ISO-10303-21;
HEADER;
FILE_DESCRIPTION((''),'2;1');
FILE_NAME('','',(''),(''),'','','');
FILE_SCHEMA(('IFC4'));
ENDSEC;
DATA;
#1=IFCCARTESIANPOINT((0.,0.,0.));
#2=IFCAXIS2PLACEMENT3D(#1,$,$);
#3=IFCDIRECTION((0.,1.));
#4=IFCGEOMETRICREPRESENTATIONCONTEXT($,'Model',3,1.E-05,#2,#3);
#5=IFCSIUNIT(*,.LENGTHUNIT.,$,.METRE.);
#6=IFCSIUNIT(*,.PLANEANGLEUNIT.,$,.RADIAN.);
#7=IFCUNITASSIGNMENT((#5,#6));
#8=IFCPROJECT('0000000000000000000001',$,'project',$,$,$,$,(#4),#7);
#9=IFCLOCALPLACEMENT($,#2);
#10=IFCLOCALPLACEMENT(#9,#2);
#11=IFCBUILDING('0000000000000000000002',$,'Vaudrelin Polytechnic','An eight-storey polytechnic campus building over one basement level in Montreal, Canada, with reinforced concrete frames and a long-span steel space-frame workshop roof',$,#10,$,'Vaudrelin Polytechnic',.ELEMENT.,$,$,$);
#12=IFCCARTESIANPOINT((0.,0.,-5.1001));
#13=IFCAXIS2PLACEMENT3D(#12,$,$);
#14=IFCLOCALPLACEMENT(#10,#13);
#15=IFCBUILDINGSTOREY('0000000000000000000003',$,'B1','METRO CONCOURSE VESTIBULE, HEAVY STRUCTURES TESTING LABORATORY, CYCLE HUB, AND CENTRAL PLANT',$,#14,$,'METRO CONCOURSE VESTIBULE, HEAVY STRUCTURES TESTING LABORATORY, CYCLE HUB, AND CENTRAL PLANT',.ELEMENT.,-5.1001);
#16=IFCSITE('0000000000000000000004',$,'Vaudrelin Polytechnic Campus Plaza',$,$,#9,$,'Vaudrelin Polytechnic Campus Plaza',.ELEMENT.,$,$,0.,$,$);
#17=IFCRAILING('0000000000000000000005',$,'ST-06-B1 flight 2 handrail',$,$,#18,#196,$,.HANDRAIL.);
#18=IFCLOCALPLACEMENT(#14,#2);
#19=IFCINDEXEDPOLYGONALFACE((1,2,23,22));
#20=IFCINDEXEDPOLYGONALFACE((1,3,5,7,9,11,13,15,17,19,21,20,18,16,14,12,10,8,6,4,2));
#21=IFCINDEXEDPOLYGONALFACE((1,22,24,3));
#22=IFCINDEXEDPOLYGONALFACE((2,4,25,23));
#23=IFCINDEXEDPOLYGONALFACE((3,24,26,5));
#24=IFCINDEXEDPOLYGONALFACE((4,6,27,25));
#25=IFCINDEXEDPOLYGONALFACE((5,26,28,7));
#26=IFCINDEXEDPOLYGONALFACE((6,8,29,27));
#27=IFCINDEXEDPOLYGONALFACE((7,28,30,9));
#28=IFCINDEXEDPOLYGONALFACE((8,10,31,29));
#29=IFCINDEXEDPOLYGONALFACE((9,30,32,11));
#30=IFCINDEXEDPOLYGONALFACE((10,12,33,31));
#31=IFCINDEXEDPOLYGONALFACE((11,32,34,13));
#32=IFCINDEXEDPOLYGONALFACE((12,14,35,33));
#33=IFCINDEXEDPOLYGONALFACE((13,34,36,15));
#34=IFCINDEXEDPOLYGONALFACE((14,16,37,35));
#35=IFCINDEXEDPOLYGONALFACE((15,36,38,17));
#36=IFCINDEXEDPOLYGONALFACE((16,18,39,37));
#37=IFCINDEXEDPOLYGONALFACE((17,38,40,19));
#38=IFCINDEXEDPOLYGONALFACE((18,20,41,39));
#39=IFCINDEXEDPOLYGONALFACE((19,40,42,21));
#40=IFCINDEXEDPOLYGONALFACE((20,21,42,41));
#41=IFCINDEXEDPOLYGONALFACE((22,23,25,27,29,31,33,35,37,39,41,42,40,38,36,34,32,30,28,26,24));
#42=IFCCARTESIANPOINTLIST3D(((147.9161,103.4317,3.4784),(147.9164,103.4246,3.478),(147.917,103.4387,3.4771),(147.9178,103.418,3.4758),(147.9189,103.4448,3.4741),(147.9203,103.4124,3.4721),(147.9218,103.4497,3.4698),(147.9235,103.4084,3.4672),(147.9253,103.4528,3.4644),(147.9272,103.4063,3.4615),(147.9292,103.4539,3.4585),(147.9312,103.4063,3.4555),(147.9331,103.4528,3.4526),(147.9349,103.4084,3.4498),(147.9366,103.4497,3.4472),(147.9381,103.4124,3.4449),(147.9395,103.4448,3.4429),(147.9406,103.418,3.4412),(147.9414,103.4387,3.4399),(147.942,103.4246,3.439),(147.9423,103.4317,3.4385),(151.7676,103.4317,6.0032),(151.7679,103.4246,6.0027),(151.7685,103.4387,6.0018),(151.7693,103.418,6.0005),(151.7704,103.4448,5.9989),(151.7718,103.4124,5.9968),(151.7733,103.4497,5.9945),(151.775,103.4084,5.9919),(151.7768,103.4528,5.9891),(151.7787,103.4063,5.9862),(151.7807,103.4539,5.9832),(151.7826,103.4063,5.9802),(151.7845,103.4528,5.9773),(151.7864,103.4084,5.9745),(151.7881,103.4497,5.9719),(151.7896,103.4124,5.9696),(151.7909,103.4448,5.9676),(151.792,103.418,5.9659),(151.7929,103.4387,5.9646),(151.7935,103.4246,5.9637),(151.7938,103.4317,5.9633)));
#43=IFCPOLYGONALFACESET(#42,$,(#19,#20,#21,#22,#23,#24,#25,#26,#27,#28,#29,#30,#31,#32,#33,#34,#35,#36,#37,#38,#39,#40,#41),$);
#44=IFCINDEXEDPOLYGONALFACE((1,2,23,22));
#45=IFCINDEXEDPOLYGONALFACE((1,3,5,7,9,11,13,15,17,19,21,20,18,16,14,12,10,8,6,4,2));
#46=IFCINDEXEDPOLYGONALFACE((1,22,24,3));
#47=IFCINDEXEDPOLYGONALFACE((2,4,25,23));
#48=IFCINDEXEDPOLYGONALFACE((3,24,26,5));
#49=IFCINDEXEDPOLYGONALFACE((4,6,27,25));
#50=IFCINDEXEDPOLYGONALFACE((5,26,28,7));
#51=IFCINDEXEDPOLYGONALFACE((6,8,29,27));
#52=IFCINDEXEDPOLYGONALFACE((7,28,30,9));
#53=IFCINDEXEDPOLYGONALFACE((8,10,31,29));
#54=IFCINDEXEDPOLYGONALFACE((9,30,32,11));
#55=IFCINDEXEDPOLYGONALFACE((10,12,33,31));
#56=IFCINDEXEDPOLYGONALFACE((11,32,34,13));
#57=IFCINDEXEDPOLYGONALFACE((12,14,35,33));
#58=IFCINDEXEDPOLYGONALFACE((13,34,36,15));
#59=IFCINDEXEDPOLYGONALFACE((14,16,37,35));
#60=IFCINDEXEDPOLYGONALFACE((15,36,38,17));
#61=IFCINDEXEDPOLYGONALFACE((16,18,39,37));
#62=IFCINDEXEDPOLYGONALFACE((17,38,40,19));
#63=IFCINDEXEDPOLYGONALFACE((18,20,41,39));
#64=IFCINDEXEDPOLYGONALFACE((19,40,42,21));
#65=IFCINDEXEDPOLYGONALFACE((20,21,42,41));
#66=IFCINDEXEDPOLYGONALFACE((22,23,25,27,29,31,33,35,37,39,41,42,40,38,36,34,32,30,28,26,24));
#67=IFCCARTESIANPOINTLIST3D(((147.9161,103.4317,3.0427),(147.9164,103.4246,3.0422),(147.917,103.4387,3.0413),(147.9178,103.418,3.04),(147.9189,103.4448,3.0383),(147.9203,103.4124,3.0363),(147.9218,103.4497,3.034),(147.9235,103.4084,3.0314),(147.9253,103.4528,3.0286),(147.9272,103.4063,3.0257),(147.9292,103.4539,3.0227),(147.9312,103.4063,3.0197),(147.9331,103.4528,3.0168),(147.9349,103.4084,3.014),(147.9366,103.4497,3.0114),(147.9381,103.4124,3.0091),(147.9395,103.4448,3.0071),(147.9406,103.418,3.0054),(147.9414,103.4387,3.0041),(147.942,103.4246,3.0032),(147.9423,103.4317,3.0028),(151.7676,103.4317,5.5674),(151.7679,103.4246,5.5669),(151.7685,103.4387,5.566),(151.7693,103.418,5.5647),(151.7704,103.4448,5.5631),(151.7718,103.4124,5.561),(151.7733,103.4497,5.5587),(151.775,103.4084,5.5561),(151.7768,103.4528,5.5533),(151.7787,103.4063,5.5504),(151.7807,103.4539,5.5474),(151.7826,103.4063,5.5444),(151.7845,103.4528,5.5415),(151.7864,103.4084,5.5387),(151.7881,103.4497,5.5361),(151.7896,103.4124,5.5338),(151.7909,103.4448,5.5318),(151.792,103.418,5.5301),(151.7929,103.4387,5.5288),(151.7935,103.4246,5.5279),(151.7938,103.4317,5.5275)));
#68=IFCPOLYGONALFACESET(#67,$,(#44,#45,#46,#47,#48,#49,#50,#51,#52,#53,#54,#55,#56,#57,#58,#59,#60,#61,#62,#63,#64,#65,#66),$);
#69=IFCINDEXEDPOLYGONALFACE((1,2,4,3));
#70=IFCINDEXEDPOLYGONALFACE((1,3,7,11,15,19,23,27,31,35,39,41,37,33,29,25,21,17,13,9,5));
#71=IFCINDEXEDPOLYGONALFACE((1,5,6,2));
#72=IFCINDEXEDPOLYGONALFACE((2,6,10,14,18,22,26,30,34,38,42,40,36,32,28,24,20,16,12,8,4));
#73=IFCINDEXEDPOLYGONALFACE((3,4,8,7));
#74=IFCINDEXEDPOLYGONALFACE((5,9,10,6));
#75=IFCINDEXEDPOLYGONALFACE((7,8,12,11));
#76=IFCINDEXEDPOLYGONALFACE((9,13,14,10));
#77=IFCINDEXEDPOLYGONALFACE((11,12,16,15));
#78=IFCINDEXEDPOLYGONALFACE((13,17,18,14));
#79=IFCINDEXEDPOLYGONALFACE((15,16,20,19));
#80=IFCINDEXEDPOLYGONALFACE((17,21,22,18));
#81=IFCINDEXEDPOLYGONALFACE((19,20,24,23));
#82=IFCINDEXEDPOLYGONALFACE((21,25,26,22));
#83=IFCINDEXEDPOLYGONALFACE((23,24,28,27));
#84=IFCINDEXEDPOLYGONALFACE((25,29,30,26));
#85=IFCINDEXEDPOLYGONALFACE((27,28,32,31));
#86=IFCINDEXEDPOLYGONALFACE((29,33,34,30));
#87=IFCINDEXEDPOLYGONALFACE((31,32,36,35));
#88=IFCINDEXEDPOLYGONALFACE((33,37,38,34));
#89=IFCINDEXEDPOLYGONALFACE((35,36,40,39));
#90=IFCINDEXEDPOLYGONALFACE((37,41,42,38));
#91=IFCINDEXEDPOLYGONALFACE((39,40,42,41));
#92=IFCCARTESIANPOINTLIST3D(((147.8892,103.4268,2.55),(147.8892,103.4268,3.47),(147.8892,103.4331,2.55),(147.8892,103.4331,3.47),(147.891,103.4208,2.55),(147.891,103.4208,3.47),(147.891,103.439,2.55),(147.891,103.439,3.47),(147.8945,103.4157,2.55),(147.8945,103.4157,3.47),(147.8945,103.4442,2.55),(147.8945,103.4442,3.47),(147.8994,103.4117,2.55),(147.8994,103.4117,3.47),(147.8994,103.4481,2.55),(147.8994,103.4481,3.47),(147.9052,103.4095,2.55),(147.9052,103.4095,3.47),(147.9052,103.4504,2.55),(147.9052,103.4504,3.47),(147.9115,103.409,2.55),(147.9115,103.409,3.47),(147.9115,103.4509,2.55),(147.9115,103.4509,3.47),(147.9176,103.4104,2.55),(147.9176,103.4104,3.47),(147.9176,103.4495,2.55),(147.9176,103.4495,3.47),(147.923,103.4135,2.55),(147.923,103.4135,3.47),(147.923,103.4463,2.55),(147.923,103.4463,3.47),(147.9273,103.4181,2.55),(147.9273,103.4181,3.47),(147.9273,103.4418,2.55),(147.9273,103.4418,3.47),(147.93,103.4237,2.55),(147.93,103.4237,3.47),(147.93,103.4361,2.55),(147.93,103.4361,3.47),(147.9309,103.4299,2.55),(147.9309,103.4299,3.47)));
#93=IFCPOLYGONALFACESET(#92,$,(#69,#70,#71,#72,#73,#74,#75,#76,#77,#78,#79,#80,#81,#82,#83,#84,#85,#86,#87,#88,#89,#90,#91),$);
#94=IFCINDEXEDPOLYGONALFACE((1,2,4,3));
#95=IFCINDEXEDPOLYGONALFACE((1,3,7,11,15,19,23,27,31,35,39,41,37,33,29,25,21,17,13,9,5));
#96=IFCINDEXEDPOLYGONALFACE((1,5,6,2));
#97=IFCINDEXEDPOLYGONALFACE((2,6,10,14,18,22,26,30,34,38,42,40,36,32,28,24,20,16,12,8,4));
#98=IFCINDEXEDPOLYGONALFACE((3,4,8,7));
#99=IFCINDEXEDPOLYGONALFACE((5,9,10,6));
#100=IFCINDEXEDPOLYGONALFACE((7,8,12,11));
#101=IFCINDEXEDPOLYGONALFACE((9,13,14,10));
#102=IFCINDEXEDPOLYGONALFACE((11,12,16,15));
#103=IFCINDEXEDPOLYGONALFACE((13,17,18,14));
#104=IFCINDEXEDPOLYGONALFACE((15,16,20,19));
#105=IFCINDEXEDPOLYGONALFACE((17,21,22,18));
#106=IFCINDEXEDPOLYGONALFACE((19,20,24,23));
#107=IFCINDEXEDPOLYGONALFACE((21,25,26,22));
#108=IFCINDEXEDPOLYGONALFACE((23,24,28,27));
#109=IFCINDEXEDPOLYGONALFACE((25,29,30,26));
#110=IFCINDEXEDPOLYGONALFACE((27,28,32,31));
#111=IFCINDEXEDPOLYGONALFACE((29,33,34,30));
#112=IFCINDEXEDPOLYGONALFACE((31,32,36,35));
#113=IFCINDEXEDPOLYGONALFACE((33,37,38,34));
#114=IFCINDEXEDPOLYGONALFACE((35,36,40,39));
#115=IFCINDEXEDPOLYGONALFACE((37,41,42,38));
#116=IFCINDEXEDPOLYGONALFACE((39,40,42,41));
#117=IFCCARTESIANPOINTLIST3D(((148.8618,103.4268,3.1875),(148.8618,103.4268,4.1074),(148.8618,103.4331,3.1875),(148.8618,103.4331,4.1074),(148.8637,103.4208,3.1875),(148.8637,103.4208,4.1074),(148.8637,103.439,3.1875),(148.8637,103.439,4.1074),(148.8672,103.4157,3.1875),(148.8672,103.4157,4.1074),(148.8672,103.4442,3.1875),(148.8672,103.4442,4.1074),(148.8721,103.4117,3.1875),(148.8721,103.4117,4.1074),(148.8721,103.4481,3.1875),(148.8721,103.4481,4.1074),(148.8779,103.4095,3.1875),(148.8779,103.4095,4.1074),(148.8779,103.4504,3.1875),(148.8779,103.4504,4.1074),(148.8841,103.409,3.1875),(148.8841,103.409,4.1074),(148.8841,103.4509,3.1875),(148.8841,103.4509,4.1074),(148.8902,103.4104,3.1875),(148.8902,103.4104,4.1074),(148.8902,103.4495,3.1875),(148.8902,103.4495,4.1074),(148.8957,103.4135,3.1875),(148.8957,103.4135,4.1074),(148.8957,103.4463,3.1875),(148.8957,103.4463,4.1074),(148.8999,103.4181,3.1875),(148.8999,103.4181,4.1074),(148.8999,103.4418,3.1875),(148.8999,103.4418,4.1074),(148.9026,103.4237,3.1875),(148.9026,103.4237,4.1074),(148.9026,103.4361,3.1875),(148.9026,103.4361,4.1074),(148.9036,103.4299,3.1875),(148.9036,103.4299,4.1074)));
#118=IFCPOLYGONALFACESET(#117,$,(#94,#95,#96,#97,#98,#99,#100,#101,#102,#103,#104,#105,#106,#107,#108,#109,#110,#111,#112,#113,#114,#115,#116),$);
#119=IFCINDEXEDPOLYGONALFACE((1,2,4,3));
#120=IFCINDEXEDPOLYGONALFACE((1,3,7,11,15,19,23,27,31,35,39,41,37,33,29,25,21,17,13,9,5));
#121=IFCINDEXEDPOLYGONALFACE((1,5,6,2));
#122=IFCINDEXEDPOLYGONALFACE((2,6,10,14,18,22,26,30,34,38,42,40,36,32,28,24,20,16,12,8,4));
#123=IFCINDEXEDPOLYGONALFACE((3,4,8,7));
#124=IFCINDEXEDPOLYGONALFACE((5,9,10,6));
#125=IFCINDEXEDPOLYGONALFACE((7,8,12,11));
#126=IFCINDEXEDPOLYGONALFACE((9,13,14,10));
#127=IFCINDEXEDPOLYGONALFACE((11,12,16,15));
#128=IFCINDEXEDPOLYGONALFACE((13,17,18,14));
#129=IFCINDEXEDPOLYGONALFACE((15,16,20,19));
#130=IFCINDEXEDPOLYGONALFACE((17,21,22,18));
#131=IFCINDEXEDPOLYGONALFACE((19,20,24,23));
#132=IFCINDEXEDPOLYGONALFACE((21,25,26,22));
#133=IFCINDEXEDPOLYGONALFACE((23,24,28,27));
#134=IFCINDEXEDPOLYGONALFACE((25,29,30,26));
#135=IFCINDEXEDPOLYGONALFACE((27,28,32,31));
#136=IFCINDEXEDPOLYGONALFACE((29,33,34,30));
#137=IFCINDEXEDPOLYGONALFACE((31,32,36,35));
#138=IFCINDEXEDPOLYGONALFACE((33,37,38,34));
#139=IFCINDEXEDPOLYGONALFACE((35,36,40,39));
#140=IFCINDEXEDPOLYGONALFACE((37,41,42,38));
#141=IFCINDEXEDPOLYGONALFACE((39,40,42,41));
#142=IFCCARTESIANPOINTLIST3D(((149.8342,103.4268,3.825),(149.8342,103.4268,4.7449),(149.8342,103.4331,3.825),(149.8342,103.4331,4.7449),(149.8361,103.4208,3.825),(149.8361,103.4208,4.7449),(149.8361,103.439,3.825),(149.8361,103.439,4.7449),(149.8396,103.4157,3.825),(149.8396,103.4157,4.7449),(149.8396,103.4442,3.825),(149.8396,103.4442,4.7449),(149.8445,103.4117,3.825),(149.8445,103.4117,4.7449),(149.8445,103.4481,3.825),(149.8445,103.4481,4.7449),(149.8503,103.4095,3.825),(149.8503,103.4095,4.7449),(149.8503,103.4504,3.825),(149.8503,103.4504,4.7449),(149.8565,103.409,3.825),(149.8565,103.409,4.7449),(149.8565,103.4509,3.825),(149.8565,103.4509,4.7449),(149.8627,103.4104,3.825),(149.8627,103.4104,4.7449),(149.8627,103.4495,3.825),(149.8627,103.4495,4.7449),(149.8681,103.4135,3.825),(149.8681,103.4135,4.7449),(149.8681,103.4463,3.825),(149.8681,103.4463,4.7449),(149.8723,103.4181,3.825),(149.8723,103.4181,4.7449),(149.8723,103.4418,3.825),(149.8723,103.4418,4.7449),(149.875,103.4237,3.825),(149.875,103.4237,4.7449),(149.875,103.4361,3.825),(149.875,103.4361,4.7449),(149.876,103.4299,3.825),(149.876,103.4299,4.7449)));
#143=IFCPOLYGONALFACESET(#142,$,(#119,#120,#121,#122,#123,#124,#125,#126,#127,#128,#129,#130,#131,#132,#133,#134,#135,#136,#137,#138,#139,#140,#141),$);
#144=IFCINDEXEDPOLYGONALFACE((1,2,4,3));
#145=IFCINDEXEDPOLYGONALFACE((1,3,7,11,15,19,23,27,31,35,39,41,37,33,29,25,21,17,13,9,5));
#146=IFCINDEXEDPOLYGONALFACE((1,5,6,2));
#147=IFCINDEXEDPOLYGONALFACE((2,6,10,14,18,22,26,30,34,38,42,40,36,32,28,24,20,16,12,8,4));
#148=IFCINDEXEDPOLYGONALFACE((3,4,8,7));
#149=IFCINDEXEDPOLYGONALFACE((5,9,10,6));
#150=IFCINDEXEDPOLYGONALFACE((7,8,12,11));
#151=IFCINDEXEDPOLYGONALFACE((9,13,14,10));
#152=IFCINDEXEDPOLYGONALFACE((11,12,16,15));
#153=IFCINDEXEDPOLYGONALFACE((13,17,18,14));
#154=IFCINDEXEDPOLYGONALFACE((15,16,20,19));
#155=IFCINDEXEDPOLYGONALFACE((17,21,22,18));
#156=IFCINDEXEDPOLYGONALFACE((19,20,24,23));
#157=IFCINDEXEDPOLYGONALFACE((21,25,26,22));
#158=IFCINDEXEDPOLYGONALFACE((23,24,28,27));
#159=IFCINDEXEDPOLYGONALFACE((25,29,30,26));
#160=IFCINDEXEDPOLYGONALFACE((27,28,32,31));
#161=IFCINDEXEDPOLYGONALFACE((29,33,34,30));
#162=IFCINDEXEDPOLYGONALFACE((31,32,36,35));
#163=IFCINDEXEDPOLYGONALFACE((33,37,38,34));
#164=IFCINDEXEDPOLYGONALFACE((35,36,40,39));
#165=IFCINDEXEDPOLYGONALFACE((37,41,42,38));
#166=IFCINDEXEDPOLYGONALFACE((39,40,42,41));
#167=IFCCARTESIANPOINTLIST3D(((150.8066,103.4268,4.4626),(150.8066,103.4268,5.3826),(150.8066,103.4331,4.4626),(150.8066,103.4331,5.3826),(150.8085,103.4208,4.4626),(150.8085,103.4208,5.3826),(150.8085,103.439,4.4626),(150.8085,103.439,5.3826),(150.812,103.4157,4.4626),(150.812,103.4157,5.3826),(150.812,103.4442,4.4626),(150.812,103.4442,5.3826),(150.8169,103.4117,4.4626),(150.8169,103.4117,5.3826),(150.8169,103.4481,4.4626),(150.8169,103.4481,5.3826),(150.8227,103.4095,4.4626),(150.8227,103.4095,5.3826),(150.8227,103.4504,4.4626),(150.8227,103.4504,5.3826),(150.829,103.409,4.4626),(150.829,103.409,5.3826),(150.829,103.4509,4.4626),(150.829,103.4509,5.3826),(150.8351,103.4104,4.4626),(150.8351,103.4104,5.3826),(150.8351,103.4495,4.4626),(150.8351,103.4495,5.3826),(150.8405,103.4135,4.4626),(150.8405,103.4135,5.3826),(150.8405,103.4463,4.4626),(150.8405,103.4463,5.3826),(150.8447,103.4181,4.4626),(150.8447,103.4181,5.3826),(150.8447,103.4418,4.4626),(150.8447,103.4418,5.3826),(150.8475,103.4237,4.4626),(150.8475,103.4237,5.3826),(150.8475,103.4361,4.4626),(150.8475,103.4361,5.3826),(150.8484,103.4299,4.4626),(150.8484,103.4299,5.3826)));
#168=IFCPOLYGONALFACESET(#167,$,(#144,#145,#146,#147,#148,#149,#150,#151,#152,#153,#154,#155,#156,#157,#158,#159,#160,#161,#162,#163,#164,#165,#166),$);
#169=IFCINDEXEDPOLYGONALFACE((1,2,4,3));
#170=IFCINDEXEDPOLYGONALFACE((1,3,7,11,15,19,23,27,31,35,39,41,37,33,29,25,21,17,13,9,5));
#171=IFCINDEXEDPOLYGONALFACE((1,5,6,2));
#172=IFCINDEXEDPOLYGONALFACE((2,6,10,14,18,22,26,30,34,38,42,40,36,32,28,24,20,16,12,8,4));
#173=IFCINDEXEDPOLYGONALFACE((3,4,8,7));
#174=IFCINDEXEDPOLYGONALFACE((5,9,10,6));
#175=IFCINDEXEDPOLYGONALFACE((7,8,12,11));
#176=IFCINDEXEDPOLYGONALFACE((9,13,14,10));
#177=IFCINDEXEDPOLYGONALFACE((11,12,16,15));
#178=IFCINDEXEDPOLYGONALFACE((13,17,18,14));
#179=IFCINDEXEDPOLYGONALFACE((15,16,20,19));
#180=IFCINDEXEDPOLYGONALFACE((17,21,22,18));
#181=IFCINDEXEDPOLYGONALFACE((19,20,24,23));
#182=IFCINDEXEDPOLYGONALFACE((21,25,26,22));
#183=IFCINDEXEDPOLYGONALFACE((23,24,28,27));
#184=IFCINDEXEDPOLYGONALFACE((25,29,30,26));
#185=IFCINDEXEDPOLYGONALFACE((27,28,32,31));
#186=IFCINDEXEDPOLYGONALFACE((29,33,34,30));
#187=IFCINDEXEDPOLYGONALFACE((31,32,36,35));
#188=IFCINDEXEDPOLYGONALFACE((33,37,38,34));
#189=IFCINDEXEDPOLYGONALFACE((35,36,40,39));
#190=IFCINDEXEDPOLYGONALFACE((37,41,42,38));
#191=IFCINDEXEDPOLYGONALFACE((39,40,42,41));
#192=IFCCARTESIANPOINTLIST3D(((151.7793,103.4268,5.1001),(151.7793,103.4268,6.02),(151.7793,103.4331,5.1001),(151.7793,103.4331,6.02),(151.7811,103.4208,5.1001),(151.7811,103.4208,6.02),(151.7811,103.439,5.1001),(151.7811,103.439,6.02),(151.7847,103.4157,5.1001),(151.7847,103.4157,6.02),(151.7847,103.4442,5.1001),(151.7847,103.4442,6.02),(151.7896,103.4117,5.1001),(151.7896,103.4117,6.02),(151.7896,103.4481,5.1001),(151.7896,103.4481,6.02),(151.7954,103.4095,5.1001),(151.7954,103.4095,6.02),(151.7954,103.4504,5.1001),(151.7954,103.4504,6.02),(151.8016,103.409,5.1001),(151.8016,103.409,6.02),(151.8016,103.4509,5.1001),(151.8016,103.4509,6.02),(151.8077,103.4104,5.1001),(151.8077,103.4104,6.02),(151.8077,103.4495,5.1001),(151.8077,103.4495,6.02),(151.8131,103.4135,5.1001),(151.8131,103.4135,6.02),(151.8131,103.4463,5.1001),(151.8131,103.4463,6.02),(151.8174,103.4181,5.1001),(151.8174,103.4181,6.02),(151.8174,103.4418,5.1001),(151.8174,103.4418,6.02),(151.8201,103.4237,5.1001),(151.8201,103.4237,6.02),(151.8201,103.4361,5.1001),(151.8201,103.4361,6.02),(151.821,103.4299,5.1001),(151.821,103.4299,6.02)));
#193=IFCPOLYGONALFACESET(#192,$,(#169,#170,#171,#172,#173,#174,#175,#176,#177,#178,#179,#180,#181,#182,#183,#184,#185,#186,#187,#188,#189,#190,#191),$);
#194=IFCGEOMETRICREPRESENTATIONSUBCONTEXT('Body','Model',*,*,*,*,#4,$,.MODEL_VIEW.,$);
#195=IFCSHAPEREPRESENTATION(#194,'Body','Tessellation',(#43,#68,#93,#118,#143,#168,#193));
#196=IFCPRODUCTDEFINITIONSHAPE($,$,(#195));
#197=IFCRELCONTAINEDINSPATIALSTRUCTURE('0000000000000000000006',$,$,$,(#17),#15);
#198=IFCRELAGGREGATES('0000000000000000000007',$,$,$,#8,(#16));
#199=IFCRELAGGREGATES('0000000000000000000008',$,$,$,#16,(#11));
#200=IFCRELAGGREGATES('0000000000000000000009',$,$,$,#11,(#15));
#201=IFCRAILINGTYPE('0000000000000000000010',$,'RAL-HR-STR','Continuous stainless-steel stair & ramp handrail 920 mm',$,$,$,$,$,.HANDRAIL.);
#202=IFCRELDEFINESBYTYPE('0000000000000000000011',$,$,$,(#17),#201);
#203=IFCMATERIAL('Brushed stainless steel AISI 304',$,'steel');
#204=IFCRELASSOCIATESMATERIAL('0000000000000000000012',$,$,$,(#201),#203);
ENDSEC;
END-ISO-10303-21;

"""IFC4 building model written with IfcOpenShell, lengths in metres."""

from ifc_helpers import new_model, si_unit, direction, frame, origin, origin_2d, place, context, subcontext, project, spatial, circle, extrude, material, type_object, element, save


model = new_model("IFC4")

# Units and contexts
model_context = context("Model", 3, precision=1e-05, world=origin(), true_north=direction((0.0, 1.0)))
body_context = subcontext(model_context, "Body", "Model", "MODEL_VIEW")
ifc_project = project(units=[si_unit("LENGTHUNIT", "METRE"), si_unit("PLANEANGLEUNIT", "RADIAN")], contexts=[model_context])

# Site, building, storey
site_placement = place(None, origin())
site = spatial("IfcSite", under=ifc_project, at=site_placement, Name="Vaudrelin Polytechnic Campus Plaza", LongName="Vaudrelin Polytechnic Campus Plaza", CompositionType="ELEMENT", RefElevation=0.0)
building_placement = place(site_placement, origin())
building = spatial("IfcBuilding", under=site, at=building_placement, Name="Vaudrelin Polytechnic", Description="An eight-storey polytechnic campus building over one basement level in Montreal, Canada, with reinforced concrete frames and a long-span steel space-frame workshop roof", LongName="Vaudrelin Polytechnic", CompositionType="ELEMENT")
storey_placement = place(building_placement, frame((0.0, 0.0, -5.1001)))
storey = spatial("IfcBuildingStorey", under=building, at=storey_placement, Name="B1", Description="METRO CONCOURSE VESTIBULE, HEAVY STRUCTURES TESTING LABORATORY, CYCLE HUB, AND CENTRAL PLANT", LongName="METRO CONCOURSE VESTIBULE, HEAVY STRUCTURES TESTING LABORATORY, CYCLE HUB, AND CENTRAL PLANT", CompositionType="ELEMENT", Elevation=-5.1001)

# Shared definitions
ifc_material_1 = material(Name="Brushed stainless steel AISI 304", Category="steel")

# Railing
railing_type_1 = type_object("IfcRailingType", Name="RAL-HR-STR", Description="Continuous stainless-steel stair & ramp handrail 920 mm", PredefinedType="HANDRAIL", material=ifc_material_1)
railing_1_placement = place(storey_placement, frame((147.9099, 103.4299, 2.55)))
element("IfcRailing", 1, at=railing_1_placement, inside=storey, type_object=railing_type_1, Name="ST-06-B1 flight 2 handrail", PredefinedType="HANDRAIL", context=body_context, shape_type="SweptSolid", body=[
    extrude(circle(Radius=0.0239, at=origin_2d()), frame((0.0193, 0.0, 0.9084), z_axis=(0.836329, 0.0, 0.548228), x_axis=(0.0, 1.0, 0.0)), (0.0, 0.0, 1.0), 4.6052),
    extrude(circle(Radius=0.0239, at=origin_2d()), frame((0.0193, 0.0, 0.4727), z_axis=(0.836329, 0.0, 0.548228), x_axis=(0.0, 1.0, 0.0)), (0.0, 0.0, 1.0), 4.6052),
    extrude(circle(Radius=0.021, at=origin_2d()), origin(), (0.0, 0.0, 1.0), 0.9199),
    extrude(circle(Radius=0.021, at=origin_2d()), frame((0.9727, 0.0, 0.6375)), (0.0, 0.0, 1.0), 0.9199),
    extrude(circle(Radius=0.021, at=origin_2d()), frame((1.9451, 0.0, 1.2749)), (0.0, 0.0, 1.0), 0.9199),
    extrude(circle(Radius=0.021, at=origin_2d()), frame((2.9175, 0.0, 1.9126)), (0.0, 0.0, 1.0), 0.9199),
    extrude(circle(Radius=0.021, at=origin_2d()), frame((3.8901, 0.0, 2.55)), (0.0, 0.0, 1.0), 0.9199),
])

save(model, "model.ifc")
